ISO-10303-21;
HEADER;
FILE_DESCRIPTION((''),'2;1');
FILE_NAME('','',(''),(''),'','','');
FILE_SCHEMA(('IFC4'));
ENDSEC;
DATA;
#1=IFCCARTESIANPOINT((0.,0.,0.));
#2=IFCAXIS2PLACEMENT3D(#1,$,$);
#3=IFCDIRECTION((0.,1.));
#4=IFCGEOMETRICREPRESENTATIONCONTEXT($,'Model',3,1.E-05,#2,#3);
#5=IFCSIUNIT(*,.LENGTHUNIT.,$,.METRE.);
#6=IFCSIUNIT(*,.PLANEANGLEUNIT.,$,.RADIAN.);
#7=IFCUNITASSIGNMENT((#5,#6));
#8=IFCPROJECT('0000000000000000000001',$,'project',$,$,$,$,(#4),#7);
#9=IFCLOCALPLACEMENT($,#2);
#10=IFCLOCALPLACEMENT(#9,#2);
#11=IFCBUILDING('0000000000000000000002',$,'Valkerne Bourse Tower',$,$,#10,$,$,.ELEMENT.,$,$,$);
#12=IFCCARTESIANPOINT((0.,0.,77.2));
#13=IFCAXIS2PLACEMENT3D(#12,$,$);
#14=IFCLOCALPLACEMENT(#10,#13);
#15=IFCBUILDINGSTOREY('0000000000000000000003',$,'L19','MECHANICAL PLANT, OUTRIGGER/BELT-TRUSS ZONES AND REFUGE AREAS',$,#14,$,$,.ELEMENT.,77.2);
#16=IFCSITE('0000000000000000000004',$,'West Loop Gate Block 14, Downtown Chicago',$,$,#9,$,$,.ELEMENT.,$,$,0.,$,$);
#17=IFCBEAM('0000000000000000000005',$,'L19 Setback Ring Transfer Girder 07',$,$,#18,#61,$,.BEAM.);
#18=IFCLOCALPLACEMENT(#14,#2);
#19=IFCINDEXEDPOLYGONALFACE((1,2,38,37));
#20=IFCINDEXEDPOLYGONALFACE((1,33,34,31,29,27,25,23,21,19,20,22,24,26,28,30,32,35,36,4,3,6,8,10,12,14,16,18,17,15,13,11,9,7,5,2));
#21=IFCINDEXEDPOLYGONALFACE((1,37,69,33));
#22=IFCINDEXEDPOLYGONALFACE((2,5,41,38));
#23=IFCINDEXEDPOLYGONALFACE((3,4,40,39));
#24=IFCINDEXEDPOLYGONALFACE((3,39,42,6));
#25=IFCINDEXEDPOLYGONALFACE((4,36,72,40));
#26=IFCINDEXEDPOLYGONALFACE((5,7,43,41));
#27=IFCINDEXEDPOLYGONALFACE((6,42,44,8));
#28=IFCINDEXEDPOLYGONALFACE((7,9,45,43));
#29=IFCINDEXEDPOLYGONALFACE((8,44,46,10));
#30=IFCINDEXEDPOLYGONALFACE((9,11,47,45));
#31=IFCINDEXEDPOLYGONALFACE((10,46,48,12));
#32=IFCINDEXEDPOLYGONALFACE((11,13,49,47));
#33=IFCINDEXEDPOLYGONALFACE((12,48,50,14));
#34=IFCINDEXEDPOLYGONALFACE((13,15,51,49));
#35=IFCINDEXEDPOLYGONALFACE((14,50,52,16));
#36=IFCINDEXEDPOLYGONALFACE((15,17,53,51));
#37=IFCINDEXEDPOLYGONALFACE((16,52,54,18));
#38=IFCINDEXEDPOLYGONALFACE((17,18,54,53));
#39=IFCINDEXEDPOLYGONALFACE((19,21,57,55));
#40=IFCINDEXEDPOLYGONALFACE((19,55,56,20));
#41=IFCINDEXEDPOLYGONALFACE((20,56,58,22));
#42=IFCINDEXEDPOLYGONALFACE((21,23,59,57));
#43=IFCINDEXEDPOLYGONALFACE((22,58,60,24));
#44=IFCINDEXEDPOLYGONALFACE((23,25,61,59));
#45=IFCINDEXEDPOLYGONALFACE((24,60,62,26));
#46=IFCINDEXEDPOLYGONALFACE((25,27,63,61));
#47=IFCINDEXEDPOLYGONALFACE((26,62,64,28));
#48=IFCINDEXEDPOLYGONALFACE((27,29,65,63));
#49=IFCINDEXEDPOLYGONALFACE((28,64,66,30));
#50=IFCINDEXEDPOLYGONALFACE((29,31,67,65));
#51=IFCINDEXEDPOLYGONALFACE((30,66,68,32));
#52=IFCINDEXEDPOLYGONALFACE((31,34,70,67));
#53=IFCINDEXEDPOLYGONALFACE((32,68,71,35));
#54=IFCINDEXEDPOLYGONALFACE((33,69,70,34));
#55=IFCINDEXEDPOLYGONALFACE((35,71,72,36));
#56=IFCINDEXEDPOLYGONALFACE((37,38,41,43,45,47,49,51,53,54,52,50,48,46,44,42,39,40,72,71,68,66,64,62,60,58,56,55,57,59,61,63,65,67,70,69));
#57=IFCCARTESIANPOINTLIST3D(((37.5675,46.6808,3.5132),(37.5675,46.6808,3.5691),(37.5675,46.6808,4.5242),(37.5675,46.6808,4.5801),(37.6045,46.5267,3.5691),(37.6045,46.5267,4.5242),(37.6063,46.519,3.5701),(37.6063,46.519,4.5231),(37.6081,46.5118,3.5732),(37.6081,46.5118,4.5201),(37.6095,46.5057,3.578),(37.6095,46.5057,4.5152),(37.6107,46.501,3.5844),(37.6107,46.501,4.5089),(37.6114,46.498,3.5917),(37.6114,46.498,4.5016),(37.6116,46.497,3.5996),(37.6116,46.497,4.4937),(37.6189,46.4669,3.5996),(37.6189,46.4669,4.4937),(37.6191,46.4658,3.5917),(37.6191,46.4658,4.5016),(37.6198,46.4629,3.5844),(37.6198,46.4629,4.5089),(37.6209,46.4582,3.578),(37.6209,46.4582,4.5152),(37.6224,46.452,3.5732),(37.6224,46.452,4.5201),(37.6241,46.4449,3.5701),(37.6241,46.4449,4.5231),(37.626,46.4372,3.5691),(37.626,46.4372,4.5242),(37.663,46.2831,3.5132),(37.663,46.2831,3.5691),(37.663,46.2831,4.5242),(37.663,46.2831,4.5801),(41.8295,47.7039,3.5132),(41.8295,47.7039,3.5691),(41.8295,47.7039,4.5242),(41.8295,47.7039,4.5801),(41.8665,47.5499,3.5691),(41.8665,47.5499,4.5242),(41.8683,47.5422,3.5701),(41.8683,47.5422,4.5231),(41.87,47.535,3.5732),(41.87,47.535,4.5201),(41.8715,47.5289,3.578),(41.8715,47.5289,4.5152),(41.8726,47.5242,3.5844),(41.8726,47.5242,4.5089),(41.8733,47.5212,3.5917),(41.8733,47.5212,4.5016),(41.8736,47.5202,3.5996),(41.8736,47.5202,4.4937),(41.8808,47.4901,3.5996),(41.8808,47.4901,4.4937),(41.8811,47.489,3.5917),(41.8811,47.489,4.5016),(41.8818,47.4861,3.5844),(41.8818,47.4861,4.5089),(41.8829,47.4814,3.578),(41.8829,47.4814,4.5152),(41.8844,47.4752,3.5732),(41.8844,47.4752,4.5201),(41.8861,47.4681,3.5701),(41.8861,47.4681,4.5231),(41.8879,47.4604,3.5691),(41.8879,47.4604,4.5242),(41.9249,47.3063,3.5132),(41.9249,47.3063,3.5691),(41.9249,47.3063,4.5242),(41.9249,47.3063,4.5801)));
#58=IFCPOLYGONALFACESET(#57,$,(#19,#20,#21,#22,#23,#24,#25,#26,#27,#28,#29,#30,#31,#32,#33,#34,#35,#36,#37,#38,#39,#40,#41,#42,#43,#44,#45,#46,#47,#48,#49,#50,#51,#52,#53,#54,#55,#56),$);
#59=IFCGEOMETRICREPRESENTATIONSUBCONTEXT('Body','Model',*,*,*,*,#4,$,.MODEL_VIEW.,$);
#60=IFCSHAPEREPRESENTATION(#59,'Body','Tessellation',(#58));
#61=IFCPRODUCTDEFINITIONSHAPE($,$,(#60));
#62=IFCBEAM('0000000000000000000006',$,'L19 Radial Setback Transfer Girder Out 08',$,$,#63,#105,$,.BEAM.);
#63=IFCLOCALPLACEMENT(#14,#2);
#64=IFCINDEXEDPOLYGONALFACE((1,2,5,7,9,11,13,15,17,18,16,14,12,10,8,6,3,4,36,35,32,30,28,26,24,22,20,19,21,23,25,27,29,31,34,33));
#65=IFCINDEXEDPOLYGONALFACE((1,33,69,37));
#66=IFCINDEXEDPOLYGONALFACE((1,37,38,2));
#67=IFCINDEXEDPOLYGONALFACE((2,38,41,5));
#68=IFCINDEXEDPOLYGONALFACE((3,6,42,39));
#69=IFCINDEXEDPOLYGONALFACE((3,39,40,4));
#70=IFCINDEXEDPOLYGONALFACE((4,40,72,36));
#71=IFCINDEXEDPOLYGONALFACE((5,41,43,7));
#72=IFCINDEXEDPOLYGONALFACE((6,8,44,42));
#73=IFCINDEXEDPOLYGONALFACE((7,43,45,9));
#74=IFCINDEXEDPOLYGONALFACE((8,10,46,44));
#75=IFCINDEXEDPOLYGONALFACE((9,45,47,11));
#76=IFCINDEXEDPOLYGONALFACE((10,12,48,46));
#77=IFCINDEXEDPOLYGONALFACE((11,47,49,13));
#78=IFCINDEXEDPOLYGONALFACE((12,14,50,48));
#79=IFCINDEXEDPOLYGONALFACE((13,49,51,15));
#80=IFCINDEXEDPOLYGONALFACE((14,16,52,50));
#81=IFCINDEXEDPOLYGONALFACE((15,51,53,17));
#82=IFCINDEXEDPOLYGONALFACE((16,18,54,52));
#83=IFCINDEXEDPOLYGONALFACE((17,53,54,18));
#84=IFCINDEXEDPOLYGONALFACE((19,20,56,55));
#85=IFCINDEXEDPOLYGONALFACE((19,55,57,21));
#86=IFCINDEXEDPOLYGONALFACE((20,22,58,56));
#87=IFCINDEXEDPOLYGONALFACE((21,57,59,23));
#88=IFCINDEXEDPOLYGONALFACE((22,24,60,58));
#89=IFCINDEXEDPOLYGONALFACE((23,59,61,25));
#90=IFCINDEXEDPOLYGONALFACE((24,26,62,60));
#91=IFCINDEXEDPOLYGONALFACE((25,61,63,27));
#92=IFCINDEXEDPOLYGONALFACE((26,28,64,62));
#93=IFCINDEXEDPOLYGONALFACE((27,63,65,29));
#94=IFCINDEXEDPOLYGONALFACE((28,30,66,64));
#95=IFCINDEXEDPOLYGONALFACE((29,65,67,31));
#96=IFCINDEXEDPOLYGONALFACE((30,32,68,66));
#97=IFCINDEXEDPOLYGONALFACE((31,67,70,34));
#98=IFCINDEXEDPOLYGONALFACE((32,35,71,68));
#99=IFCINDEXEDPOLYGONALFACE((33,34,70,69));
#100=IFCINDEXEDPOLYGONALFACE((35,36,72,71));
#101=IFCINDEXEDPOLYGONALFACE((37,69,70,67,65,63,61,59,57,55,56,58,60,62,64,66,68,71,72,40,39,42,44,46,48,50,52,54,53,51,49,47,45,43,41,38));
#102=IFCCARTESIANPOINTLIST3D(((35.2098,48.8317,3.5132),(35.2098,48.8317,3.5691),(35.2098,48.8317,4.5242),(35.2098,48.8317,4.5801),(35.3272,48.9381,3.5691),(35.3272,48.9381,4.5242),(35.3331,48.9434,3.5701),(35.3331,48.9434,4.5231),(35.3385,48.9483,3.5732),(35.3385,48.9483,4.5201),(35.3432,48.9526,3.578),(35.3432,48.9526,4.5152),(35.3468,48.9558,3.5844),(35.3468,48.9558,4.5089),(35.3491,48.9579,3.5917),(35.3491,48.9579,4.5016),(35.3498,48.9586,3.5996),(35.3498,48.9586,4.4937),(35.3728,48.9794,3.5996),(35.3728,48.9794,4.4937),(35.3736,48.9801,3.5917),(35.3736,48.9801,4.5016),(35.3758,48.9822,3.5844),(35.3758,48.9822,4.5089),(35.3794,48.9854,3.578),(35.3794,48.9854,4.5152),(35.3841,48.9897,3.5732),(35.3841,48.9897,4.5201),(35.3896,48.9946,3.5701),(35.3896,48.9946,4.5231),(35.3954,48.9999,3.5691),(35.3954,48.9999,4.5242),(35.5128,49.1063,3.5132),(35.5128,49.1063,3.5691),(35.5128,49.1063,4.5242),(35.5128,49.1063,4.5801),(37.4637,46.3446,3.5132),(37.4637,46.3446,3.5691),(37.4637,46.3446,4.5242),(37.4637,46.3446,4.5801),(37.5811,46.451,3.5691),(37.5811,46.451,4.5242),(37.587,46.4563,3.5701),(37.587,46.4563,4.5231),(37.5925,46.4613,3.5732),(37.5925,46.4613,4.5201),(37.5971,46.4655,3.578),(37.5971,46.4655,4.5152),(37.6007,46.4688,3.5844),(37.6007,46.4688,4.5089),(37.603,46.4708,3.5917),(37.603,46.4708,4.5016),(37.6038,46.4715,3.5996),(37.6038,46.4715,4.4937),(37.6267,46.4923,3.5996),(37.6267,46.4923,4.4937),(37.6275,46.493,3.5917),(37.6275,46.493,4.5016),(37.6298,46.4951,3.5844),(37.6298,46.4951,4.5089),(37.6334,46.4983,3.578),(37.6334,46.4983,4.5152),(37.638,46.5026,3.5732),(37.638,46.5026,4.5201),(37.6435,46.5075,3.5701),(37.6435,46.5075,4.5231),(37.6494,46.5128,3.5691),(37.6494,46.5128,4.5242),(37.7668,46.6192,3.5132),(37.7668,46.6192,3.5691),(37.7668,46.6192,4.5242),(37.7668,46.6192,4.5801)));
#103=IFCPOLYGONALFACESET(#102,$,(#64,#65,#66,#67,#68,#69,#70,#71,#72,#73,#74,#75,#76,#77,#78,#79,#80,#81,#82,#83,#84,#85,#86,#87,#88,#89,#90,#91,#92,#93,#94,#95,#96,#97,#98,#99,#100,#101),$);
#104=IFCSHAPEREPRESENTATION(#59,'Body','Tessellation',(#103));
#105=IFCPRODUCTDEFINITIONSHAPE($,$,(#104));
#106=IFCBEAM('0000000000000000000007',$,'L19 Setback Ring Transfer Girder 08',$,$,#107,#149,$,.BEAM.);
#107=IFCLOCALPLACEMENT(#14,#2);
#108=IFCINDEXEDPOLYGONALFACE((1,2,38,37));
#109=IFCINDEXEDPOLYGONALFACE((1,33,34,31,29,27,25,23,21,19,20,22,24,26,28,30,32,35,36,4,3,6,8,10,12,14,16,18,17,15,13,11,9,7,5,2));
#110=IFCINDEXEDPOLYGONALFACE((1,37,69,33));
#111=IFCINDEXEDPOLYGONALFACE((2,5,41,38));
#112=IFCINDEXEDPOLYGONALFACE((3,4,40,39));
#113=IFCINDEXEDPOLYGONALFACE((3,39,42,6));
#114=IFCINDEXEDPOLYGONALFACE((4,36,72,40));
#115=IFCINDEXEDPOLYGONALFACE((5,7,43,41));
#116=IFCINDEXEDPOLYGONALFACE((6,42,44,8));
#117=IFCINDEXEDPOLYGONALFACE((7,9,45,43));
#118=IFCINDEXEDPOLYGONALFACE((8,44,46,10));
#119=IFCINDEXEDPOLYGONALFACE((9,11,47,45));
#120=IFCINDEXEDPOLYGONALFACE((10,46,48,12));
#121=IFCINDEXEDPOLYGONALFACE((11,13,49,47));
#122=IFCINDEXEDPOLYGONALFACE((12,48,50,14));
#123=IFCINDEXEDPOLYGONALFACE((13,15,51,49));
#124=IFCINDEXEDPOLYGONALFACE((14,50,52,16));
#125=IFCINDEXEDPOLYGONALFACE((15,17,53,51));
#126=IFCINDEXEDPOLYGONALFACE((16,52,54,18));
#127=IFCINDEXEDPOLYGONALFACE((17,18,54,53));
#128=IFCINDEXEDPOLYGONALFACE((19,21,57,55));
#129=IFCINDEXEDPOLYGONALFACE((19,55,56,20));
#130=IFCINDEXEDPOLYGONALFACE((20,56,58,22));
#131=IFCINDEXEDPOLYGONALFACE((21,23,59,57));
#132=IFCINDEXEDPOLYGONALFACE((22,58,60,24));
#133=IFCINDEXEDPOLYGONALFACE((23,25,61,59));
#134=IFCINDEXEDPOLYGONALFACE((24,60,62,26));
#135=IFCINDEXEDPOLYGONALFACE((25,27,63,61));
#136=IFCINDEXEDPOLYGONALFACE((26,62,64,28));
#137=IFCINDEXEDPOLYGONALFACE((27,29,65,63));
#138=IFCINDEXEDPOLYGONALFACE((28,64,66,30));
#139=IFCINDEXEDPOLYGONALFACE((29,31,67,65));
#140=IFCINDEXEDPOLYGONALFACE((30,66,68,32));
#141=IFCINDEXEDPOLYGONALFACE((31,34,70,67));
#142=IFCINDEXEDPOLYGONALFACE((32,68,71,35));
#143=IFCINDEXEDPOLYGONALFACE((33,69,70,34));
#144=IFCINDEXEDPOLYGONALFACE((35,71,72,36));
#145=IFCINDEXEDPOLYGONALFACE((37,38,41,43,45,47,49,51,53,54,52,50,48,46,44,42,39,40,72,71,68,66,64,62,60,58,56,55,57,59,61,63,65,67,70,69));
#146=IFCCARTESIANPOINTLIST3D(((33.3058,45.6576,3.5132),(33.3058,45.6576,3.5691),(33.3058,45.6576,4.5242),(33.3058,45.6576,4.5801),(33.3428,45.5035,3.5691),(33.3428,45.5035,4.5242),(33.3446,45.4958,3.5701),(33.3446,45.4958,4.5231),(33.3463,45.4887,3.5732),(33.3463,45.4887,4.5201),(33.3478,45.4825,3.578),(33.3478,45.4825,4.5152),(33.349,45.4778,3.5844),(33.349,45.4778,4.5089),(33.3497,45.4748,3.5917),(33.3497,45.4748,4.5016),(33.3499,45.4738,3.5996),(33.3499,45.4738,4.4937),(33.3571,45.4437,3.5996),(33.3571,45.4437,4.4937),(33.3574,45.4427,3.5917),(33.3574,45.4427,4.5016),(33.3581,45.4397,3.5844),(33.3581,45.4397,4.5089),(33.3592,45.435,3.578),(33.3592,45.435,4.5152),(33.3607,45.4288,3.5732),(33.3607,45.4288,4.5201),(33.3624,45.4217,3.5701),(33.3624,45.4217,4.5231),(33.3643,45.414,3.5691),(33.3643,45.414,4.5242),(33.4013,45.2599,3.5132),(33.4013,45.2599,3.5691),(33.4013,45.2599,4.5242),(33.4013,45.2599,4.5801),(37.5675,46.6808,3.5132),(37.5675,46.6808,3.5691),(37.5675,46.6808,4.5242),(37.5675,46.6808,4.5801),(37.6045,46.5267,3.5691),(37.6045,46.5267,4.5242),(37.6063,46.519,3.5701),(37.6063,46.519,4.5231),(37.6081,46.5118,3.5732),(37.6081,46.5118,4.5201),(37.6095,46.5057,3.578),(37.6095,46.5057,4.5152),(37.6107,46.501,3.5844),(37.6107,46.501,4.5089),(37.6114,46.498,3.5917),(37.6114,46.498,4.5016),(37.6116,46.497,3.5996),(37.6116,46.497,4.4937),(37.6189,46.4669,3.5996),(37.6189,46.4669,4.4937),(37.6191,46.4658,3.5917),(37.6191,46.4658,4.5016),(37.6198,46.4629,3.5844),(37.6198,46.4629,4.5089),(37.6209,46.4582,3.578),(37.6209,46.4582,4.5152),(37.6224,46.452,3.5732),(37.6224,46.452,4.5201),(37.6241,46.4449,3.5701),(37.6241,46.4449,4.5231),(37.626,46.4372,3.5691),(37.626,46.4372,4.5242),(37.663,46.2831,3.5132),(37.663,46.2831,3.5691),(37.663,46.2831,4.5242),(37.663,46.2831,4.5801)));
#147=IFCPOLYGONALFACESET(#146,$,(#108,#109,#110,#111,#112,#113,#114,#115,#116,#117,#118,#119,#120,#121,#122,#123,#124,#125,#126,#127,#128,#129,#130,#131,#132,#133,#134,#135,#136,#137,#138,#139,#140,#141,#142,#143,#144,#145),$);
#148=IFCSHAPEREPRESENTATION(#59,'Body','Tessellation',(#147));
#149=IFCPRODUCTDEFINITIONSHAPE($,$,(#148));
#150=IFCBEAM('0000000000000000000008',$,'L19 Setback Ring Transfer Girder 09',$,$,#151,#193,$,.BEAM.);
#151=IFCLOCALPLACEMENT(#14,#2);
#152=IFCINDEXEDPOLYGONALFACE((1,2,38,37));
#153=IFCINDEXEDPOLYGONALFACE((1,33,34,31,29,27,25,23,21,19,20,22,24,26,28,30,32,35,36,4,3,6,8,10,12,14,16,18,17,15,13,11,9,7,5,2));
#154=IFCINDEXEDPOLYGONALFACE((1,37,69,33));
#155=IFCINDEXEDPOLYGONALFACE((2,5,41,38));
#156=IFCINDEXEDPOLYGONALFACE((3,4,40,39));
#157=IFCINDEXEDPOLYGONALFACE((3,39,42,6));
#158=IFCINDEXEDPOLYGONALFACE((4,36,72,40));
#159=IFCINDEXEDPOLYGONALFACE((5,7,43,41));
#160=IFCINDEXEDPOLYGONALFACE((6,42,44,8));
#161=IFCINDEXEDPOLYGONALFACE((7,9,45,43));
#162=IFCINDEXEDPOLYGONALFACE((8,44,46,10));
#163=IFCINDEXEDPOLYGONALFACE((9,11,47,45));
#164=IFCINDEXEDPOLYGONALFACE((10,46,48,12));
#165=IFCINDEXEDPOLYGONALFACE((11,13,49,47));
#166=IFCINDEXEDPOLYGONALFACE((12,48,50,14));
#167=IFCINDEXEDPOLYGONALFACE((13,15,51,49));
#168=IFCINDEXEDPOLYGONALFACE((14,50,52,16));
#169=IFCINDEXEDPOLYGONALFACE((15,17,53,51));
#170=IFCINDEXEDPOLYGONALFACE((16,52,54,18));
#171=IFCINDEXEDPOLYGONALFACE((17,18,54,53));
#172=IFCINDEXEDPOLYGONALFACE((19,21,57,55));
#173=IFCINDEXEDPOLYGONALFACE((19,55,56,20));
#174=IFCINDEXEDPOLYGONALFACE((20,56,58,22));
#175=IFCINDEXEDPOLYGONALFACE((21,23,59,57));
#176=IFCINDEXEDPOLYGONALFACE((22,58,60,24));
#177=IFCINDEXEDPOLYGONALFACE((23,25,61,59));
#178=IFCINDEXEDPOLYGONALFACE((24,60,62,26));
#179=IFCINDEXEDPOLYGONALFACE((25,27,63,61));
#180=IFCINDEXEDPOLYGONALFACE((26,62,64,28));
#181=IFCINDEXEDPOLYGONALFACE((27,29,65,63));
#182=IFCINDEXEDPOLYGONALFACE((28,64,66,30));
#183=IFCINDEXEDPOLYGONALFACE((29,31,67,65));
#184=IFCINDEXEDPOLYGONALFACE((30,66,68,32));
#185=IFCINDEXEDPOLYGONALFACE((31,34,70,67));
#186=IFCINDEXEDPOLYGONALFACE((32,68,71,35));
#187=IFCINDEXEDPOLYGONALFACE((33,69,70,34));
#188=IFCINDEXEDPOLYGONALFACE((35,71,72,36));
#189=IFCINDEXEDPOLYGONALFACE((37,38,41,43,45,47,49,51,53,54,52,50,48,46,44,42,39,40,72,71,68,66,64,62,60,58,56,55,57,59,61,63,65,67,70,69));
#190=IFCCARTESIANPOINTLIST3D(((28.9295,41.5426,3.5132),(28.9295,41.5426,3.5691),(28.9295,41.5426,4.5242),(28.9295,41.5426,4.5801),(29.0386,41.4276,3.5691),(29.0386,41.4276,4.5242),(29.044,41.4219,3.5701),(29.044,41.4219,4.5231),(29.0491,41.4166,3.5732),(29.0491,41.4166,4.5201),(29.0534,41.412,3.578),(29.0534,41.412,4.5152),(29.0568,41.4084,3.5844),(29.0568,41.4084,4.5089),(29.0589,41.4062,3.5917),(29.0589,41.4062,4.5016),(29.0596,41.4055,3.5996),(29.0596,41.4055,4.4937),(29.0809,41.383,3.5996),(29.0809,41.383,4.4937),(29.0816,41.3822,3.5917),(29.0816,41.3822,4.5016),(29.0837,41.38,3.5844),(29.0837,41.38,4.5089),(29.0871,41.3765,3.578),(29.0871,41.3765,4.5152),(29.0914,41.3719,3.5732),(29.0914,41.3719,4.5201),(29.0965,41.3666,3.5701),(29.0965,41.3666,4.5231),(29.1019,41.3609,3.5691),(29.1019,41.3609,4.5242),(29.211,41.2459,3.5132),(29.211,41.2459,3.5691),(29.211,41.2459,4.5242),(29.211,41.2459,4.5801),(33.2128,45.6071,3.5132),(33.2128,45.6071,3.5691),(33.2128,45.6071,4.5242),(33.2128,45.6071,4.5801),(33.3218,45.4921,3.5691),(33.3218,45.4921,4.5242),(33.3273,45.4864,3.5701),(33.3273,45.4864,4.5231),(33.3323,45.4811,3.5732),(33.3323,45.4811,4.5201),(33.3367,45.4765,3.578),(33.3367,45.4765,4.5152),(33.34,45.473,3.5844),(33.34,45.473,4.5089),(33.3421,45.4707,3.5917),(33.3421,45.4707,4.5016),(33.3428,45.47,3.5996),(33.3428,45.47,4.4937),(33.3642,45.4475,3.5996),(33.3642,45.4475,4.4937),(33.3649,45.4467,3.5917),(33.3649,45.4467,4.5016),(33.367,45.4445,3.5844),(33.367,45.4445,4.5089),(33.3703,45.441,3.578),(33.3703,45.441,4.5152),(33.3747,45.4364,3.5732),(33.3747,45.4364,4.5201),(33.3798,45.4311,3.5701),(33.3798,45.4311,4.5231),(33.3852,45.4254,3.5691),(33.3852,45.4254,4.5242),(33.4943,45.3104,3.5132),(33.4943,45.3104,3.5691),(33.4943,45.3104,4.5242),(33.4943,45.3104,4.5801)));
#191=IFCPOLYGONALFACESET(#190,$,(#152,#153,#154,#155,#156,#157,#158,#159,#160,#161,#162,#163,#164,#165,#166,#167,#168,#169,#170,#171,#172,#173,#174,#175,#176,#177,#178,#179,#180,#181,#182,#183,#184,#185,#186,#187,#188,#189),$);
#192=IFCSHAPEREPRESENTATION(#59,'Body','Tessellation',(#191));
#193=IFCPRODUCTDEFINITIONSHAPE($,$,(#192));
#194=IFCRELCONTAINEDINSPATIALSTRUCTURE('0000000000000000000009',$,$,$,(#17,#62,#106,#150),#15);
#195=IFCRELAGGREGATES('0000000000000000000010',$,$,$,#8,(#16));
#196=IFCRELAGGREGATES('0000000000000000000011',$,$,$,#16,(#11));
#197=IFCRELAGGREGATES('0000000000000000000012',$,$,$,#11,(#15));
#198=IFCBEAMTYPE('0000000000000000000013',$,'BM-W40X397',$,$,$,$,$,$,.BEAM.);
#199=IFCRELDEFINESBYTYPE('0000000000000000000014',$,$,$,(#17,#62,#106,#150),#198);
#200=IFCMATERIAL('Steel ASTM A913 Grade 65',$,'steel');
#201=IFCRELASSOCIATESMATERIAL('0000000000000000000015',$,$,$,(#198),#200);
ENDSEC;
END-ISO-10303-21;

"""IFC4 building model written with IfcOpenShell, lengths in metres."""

from ifc_helpers import new_model, si_unit, direction, frame, origin, origin_2d, place, context, subcontext, project, spatial, i_section, extrude, material, material_profile, profile_set, type_object, element, save


model = new_model("IFC4")

# Units and contexts
model_context = context("Model", 3, precision=1e-05, world=origin(), true_north=direction((0.0, 1.0)))
body_context = subcontext(model_context, "Body", "Model", "MODEL_VIEW")
ifc_project = project(units=[si_unit("LENGTHUNIT", "METRE"), si_unit("PLANEANGLEUNIT", "RADIAN")], contexts=[model_context])

# Site, building, storey
site_placement = place(None, origin())
site = spatial("IfcSite", under=ifc_project, at=site_placement, Name="West Loop Gate Block 14, Downtown Chicago", CompositionType="ELEMENT", RefElevation=0.0)
building_placement = place(site_placement, origin())
building = spatial("IfcBuilding", under=site, at=building_placement, Name="Valkerne Bourse Tower", CompositionType="ELEMENT")
storey_placement = place(building_placement, frame((0.0, 0.0, 77.2)))
storey = spatial("IfcBuildingStorey", under=building, at=storey_placement, Name="L19", Description="MECHANICAL PLANT, OUTRIGGER/BELT-TRUSS ZONES AND REFUGE AREAS", CompositionType="ELEMENT", Elevation=77.2)

# Shared definitions
ifc_material_1 = material(Name="Steel ASTM A913 Grade 65", Category="steel")

# Beams
ifc_material_profile_1 = material_profile(ifc_material_1, i_section(OverallWidth=0.4089, OverallDepth=1.0669, WebThickness=0.031, FlangeThickness=0.0559, FilletRadius=0.0305, at=origin_2d()), Name="W40X397")
ifc_profile_set_1 = profile_set([ifc_material_profile_1], Name="Steel ASTM A913 Grade 65")
beam_type_1 = type_object("IfcBeamType", Name="BM-W40X397", PredefinedType="BEAM", material=ifc_profile_set_1)
beam_1_placement = place(storey_placement, frame((41.8772, 47.5051, 4.0466), z_axis=(-0.972371, -0.233442, 0.0), x_axis=(0.233442, -0.972371, 0.0)))
element("IfcBeam", 1, at=beam_1_placement, inside=storey, type_object=beam_type_1, Name="L19 Setback Ring Transfer Girder 07", PredefinedType="BEAM", context=body_context, shape_type="SweptSolid", body=[
    extrude(i_section(OverallWidth=0.4089, OverallDepth=1.0669, WebThickness=0.031, FlangeThickness=0.0559, FilletRadius=0.0305, at=origin_2d()), origin(), (0.0, 0.0, 1.0), 4.3831),
])
beam_2_placement = place(storey_placement, frame((35.3613, 48.969, 4.0466), z_axis=(0.671521, -0.740986, 0.0), x_axis=(0.740986, 0.671521, 0.0)))
element("IfcBeam", 2, at=beam_2_placement, inside=storey, type_object=beam_type_1, Name="L19 Radial Setback Transfer Girder Out 08", PredefinedType="BEAM", context=body_context, shape_type="SweptSolid", body=[
    extrude(i_section(OverallWidth=0.4089, OverallDepth=1.0669, WebThickness=0.031, FlangeThickness=0.0559, FilletRadius=0.0305, at=origin_2d()), origin(), (0.0, 0.0, 1.0), 3.3564),
])
beam_3_placement = place(storey_placement, frame((37.6152, 46.4819, 4.0466), z_axis=(-0.972368, -0.233455, 0.0), x_axis=(0.233455, -0.972368, 0.0)))
element("IfcBeam", 3, at=beam_3_placement, inside=storey, type_object=beam_type_1, Name="L19 Setback Ring Transfer Girder 08", PredefinedType="BEAM", context=body_context, shape_type="SweptSolid", body=[
    extrude(i_section(OverallWidth=0.4089, OverallDepth=1.0669, WebThickness=0.031, FlangeThickness=0.0559, FilletRadius=0.0305, at=origin_2d()), origin(), (0.0, 0.0, 1.0), 4.3828),
])
beam_4_placement = place(storey_placement, frame((33.3535, 45.4587, 4.0466), z_axis=(-0.725387, -0.688341, 0.0), x_axis=(0.688341, -0.725387, 0.0)))
element("IfcBeam", 4, at=beam_4_placement, inside=storey, type_object=beam_type_1, Name="L19 Setback Ring Transfer Girder 09", PredefinedType="BEAM", context=body_context, shape_type="SweptSolid", body=[
    extrude(i_section(OverallWidth=0.4089, OverallDepth=1.0669, WebThickness=0.031, FlangeThickness=0.0559, FilletRadius=0.0305, at=origin_2d()), origin(), (0.0, 0.0, 1.0), 5.9048),
])

save(model, "model.ifc")
